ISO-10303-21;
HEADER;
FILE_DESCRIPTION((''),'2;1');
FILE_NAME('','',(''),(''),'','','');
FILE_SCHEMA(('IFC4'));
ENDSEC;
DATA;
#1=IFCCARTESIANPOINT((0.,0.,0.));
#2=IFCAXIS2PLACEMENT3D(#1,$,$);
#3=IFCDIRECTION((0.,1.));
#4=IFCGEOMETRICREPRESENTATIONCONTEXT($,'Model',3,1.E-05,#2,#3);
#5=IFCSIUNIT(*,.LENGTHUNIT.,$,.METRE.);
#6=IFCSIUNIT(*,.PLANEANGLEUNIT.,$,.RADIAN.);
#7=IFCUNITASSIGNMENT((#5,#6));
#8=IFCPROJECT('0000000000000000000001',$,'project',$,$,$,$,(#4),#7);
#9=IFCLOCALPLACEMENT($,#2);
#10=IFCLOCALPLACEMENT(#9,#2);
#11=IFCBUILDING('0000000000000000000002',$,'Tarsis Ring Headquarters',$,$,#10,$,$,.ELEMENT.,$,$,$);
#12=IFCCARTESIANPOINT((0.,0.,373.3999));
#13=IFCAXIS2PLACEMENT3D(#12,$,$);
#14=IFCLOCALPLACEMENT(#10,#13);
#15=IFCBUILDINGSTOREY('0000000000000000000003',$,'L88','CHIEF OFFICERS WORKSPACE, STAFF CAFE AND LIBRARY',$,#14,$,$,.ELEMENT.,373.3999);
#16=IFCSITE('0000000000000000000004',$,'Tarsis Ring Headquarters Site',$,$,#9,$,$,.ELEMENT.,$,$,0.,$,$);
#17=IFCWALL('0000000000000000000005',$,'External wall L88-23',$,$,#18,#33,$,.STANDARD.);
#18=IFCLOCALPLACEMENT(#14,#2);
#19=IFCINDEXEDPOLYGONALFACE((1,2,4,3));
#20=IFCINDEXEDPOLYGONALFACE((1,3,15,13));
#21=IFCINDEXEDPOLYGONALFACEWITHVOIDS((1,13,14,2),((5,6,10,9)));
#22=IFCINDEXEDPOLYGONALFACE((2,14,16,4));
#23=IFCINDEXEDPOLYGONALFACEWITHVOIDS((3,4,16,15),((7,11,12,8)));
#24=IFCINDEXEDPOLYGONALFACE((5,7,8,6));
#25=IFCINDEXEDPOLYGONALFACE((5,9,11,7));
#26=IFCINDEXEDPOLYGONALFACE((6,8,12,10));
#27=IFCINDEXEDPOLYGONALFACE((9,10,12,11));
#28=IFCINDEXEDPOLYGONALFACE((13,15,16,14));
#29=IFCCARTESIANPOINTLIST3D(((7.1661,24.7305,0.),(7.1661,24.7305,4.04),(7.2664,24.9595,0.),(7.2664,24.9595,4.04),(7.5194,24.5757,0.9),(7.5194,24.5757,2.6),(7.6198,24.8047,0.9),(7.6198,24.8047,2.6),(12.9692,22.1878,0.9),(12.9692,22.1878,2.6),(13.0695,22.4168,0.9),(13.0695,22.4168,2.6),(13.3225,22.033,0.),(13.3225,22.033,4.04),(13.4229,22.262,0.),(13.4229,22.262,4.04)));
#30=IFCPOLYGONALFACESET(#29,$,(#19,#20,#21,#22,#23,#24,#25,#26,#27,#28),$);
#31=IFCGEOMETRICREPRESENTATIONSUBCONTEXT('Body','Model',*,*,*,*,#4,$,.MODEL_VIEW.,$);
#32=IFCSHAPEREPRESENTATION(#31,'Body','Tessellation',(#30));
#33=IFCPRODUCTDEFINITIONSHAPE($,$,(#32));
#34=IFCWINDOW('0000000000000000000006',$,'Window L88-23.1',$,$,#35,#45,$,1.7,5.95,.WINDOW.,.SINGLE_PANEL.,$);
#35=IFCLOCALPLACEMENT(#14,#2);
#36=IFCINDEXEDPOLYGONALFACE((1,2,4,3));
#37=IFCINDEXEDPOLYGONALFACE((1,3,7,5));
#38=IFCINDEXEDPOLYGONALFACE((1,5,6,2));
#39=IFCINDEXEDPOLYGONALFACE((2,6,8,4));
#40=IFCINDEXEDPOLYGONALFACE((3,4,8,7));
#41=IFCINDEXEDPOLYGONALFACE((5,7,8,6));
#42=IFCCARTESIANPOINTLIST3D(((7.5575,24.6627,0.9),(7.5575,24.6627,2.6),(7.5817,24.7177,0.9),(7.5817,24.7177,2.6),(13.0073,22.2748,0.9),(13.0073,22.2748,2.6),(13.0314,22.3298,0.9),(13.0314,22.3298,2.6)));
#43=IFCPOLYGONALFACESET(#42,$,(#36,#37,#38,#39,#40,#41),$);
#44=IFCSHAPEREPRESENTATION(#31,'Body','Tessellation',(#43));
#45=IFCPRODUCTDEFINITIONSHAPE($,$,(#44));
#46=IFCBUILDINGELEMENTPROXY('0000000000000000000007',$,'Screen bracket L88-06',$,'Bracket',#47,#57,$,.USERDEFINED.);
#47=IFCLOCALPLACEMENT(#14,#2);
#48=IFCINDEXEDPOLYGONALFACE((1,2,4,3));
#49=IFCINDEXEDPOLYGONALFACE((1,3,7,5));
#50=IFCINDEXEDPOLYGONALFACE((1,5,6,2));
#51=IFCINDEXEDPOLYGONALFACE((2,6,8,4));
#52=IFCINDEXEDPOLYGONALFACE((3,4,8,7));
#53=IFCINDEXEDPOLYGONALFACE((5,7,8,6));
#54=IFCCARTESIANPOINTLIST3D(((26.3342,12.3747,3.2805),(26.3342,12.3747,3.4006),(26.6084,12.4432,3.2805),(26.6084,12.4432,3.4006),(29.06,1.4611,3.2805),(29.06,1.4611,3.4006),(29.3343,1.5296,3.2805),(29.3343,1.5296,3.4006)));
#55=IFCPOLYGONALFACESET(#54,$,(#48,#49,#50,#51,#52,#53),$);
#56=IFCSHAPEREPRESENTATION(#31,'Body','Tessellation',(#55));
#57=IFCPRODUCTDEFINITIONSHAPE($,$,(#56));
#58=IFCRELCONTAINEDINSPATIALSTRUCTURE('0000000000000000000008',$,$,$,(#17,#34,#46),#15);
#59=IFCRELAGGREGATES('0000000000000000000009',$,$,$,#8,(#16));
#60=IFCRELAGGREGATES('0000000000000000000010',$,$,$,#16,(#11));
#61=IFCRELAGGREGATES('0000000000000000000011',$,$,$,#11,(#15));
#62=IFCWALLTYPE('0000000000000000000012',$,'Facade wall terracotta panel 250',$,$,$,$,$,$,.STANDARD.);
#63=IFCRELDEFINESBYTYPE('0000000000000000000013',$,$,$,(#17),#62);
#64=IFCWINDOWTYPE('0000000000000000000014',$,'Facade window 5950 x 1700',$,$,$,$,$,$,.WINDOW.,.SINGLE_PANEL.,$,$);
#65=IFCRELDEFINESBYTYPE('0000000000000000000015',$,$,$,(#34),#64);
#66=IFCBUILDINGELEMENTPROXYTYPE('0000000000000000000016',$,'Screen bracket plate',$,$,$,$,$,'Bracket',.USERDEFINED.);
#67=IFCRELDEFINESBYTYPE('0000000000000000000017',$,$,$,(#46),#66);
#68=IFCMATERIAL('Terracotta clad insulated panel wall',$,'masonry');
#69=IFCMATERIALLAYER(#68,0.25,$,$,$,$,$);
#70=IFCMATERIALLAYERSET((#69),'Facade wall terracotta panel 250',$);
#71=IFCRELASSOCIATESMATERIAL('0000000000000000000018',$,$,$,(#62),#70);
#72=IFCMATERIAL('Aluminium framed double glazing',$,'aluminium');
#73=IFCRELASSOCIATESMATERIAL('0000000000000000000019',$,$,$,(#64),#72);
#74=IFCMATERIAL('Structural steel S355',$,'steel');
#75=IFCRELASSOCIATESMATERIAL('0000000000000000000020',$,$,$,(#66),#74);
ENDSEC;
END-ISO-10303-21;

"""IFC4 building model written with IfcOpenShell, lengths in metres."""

from ifc_helpers import new_model, si_unit, direction, frame, frame_2d, origin, origin_2d, place, context, subcontext, project, spatial, rectangle, extrude, material, layer, layer_set, type_object, element, fill, save


model = new_model("IFC4")

# Units and contexts
model_context = context("Model", 3, precision=1e-05, world=origin(), true_north=direction((0.0, 1.0)))
body_context = subcontext(model_context, "Body", "Model", "MODEL_VIEW")
ifc_project = project(units=[si_unit("LENGTHUNIT", "METRE"), si_unit("PLANEANGLEUNIT", "RADIAN")], contexts=[model_context])

# Site, building, storey
site_placement = place(None, origin())
site = spatial("IfcSite", under=ifc_project, at=site_placement, Name="Tarsis Ring Headquarters Site", CompositionType="ELEMENT", RefElevation=0.0)
building_placement = place(site_placement, origin())
building = spatial("IfcBuilding", under=site, at=building_placement, Name="Tarsis Ring Headquarters", CompositionType="ELEMENT")
storey_placement = place(building_placement, frame((0.0, 0.0, 373.3999)))
storey = spatial("IfcBuildingStorey", under=building, at=storey_placement, Name="L88", Description="CHIEF OFFICERS WORKSPACE, STAFF CAFE AND LIBRARY", CompositionType="ELEMENT", Elevation=373.3999)

# Shared definitions
ifc_material_1 = material(Name="Structural steel S355", Category="steel")

# Wall, opening, window
ifc_material_2 = material(Name="Terracotta clad insulated panel wall", Category="masonry")
ifc_layer_1 = layer(ifc_material_2, 0.25)
ifc_layer_set_1 = layer_set([ifc_layer_1], Name="Facade wall terracotta panel 250")
wall_type_1 = type_object("IfcWallType", Name="Facade wall terracotta panel 250", PredefinedType="STANDARD", material=ifc_layer_set_1)
ifc_material_3 = material(Name="Aluminium framed double glazing", Category="aluminium")
window_type = type_object("IfcWindowType", Name="Facade window 5950 x 1700", PartitioningType="SINGLE_PANEL", PredefinedType="WINDOW", material=ifc_material_3)
wall_1_placement = place(storey_placement, frame((13.3728, 22.1475, 0.0), z_axis=(0.0, 0.0, 1.0), x_axis=(-0.915936, 0.401324, 0.0)))
wall_1 = element("IfcWall", 1, at=wall_1_placement, inside=storey, type_object=wall_type_1, Name="External wall L88-23", PredefinedType="STANDARD", context=body_context, shape_type="SweptSolid", body=[
    extrude(rectangle(XDim=6.7214, YDim=0.25, at=frame_2d((3.3608, 0.0))), origin(), (0.0, 0.0, 1.0), 4.04),
])
opening_1_placement = place(wall_1_placement, frame((0.3857, 0.0, 0.8999)))
opening_1 = element("IfcOpeningElement", 2, at=opening_1_placement, cuts=wall_1, PredefinedType="OPENING", context=body_context, shape_type="SweptSolid", body=[
    extrude(rectangle(XDim=5.95, YDim=1.7, at=frame_2d((2.9751, 0.8501))), frame((0.0, 0.135, 0.0), z_axis=(0.0, -1.0, 0.0), x_axis=(1.0, 0.0, 0.0)), (0.0, 0.0, 1.0), 0.27),
])
window_1_placement = place(opening_1_placement, origin())
window_1 = element("IfcWindow", 3, at=window_1_placement, inside=storey, type_object=window_type, Name="Window L88-23.1", OverallHeight=1.7, OverallWidth=5.95, PartitioningType="SINGLE_PANEL", PredefinedType="WINDOW", context=body_context, shape_type="SweptSolid", body=[
    extrude(rectangle(XDim=5.95, YDim=1.7, at=frame_2d((2.9751, 0.8501))), frame((0.0, 0.03, 0.0), z_axis=(0.0, -1.0, 0.0), x_axis=(1.0, 0.0, 0.0)), (0.0, 0.0, 1.0), 0.0601),
])
fill(opening_1, window_1)

# Building element proxy
building_element_proxy_type = type_object("IfcBuildingElementProxyType", Name="Screen bracket plate", ElementType="Bracket", PredefinedType="USERDEFINED", material=ifc_material_1)
proxy_placement = place(storey_placement, frame((27.8342, 6.9521, 3.2805), z_axis=(0.0, 0.0, 1.0), x_axis=(-0.242325, 0.970195, 0.0)))
element("IfcBuildingElementProxy", 4, at=proxy_placement, inside=storey, type_object=building_element_proxy_type, Name="Screen bracket L88-06", ObjectType="Bracket", PredefinedType="USERDEFINED", context=body_context, shape_type="SweptSolid", body=[
    extrude(rectangle(XDim=11.2488, YDim=0.2827, at=origin_2d()), origin(), (0.0, 0.0, 1.0), 0.1201),
])

save(model, "model.ifc")
